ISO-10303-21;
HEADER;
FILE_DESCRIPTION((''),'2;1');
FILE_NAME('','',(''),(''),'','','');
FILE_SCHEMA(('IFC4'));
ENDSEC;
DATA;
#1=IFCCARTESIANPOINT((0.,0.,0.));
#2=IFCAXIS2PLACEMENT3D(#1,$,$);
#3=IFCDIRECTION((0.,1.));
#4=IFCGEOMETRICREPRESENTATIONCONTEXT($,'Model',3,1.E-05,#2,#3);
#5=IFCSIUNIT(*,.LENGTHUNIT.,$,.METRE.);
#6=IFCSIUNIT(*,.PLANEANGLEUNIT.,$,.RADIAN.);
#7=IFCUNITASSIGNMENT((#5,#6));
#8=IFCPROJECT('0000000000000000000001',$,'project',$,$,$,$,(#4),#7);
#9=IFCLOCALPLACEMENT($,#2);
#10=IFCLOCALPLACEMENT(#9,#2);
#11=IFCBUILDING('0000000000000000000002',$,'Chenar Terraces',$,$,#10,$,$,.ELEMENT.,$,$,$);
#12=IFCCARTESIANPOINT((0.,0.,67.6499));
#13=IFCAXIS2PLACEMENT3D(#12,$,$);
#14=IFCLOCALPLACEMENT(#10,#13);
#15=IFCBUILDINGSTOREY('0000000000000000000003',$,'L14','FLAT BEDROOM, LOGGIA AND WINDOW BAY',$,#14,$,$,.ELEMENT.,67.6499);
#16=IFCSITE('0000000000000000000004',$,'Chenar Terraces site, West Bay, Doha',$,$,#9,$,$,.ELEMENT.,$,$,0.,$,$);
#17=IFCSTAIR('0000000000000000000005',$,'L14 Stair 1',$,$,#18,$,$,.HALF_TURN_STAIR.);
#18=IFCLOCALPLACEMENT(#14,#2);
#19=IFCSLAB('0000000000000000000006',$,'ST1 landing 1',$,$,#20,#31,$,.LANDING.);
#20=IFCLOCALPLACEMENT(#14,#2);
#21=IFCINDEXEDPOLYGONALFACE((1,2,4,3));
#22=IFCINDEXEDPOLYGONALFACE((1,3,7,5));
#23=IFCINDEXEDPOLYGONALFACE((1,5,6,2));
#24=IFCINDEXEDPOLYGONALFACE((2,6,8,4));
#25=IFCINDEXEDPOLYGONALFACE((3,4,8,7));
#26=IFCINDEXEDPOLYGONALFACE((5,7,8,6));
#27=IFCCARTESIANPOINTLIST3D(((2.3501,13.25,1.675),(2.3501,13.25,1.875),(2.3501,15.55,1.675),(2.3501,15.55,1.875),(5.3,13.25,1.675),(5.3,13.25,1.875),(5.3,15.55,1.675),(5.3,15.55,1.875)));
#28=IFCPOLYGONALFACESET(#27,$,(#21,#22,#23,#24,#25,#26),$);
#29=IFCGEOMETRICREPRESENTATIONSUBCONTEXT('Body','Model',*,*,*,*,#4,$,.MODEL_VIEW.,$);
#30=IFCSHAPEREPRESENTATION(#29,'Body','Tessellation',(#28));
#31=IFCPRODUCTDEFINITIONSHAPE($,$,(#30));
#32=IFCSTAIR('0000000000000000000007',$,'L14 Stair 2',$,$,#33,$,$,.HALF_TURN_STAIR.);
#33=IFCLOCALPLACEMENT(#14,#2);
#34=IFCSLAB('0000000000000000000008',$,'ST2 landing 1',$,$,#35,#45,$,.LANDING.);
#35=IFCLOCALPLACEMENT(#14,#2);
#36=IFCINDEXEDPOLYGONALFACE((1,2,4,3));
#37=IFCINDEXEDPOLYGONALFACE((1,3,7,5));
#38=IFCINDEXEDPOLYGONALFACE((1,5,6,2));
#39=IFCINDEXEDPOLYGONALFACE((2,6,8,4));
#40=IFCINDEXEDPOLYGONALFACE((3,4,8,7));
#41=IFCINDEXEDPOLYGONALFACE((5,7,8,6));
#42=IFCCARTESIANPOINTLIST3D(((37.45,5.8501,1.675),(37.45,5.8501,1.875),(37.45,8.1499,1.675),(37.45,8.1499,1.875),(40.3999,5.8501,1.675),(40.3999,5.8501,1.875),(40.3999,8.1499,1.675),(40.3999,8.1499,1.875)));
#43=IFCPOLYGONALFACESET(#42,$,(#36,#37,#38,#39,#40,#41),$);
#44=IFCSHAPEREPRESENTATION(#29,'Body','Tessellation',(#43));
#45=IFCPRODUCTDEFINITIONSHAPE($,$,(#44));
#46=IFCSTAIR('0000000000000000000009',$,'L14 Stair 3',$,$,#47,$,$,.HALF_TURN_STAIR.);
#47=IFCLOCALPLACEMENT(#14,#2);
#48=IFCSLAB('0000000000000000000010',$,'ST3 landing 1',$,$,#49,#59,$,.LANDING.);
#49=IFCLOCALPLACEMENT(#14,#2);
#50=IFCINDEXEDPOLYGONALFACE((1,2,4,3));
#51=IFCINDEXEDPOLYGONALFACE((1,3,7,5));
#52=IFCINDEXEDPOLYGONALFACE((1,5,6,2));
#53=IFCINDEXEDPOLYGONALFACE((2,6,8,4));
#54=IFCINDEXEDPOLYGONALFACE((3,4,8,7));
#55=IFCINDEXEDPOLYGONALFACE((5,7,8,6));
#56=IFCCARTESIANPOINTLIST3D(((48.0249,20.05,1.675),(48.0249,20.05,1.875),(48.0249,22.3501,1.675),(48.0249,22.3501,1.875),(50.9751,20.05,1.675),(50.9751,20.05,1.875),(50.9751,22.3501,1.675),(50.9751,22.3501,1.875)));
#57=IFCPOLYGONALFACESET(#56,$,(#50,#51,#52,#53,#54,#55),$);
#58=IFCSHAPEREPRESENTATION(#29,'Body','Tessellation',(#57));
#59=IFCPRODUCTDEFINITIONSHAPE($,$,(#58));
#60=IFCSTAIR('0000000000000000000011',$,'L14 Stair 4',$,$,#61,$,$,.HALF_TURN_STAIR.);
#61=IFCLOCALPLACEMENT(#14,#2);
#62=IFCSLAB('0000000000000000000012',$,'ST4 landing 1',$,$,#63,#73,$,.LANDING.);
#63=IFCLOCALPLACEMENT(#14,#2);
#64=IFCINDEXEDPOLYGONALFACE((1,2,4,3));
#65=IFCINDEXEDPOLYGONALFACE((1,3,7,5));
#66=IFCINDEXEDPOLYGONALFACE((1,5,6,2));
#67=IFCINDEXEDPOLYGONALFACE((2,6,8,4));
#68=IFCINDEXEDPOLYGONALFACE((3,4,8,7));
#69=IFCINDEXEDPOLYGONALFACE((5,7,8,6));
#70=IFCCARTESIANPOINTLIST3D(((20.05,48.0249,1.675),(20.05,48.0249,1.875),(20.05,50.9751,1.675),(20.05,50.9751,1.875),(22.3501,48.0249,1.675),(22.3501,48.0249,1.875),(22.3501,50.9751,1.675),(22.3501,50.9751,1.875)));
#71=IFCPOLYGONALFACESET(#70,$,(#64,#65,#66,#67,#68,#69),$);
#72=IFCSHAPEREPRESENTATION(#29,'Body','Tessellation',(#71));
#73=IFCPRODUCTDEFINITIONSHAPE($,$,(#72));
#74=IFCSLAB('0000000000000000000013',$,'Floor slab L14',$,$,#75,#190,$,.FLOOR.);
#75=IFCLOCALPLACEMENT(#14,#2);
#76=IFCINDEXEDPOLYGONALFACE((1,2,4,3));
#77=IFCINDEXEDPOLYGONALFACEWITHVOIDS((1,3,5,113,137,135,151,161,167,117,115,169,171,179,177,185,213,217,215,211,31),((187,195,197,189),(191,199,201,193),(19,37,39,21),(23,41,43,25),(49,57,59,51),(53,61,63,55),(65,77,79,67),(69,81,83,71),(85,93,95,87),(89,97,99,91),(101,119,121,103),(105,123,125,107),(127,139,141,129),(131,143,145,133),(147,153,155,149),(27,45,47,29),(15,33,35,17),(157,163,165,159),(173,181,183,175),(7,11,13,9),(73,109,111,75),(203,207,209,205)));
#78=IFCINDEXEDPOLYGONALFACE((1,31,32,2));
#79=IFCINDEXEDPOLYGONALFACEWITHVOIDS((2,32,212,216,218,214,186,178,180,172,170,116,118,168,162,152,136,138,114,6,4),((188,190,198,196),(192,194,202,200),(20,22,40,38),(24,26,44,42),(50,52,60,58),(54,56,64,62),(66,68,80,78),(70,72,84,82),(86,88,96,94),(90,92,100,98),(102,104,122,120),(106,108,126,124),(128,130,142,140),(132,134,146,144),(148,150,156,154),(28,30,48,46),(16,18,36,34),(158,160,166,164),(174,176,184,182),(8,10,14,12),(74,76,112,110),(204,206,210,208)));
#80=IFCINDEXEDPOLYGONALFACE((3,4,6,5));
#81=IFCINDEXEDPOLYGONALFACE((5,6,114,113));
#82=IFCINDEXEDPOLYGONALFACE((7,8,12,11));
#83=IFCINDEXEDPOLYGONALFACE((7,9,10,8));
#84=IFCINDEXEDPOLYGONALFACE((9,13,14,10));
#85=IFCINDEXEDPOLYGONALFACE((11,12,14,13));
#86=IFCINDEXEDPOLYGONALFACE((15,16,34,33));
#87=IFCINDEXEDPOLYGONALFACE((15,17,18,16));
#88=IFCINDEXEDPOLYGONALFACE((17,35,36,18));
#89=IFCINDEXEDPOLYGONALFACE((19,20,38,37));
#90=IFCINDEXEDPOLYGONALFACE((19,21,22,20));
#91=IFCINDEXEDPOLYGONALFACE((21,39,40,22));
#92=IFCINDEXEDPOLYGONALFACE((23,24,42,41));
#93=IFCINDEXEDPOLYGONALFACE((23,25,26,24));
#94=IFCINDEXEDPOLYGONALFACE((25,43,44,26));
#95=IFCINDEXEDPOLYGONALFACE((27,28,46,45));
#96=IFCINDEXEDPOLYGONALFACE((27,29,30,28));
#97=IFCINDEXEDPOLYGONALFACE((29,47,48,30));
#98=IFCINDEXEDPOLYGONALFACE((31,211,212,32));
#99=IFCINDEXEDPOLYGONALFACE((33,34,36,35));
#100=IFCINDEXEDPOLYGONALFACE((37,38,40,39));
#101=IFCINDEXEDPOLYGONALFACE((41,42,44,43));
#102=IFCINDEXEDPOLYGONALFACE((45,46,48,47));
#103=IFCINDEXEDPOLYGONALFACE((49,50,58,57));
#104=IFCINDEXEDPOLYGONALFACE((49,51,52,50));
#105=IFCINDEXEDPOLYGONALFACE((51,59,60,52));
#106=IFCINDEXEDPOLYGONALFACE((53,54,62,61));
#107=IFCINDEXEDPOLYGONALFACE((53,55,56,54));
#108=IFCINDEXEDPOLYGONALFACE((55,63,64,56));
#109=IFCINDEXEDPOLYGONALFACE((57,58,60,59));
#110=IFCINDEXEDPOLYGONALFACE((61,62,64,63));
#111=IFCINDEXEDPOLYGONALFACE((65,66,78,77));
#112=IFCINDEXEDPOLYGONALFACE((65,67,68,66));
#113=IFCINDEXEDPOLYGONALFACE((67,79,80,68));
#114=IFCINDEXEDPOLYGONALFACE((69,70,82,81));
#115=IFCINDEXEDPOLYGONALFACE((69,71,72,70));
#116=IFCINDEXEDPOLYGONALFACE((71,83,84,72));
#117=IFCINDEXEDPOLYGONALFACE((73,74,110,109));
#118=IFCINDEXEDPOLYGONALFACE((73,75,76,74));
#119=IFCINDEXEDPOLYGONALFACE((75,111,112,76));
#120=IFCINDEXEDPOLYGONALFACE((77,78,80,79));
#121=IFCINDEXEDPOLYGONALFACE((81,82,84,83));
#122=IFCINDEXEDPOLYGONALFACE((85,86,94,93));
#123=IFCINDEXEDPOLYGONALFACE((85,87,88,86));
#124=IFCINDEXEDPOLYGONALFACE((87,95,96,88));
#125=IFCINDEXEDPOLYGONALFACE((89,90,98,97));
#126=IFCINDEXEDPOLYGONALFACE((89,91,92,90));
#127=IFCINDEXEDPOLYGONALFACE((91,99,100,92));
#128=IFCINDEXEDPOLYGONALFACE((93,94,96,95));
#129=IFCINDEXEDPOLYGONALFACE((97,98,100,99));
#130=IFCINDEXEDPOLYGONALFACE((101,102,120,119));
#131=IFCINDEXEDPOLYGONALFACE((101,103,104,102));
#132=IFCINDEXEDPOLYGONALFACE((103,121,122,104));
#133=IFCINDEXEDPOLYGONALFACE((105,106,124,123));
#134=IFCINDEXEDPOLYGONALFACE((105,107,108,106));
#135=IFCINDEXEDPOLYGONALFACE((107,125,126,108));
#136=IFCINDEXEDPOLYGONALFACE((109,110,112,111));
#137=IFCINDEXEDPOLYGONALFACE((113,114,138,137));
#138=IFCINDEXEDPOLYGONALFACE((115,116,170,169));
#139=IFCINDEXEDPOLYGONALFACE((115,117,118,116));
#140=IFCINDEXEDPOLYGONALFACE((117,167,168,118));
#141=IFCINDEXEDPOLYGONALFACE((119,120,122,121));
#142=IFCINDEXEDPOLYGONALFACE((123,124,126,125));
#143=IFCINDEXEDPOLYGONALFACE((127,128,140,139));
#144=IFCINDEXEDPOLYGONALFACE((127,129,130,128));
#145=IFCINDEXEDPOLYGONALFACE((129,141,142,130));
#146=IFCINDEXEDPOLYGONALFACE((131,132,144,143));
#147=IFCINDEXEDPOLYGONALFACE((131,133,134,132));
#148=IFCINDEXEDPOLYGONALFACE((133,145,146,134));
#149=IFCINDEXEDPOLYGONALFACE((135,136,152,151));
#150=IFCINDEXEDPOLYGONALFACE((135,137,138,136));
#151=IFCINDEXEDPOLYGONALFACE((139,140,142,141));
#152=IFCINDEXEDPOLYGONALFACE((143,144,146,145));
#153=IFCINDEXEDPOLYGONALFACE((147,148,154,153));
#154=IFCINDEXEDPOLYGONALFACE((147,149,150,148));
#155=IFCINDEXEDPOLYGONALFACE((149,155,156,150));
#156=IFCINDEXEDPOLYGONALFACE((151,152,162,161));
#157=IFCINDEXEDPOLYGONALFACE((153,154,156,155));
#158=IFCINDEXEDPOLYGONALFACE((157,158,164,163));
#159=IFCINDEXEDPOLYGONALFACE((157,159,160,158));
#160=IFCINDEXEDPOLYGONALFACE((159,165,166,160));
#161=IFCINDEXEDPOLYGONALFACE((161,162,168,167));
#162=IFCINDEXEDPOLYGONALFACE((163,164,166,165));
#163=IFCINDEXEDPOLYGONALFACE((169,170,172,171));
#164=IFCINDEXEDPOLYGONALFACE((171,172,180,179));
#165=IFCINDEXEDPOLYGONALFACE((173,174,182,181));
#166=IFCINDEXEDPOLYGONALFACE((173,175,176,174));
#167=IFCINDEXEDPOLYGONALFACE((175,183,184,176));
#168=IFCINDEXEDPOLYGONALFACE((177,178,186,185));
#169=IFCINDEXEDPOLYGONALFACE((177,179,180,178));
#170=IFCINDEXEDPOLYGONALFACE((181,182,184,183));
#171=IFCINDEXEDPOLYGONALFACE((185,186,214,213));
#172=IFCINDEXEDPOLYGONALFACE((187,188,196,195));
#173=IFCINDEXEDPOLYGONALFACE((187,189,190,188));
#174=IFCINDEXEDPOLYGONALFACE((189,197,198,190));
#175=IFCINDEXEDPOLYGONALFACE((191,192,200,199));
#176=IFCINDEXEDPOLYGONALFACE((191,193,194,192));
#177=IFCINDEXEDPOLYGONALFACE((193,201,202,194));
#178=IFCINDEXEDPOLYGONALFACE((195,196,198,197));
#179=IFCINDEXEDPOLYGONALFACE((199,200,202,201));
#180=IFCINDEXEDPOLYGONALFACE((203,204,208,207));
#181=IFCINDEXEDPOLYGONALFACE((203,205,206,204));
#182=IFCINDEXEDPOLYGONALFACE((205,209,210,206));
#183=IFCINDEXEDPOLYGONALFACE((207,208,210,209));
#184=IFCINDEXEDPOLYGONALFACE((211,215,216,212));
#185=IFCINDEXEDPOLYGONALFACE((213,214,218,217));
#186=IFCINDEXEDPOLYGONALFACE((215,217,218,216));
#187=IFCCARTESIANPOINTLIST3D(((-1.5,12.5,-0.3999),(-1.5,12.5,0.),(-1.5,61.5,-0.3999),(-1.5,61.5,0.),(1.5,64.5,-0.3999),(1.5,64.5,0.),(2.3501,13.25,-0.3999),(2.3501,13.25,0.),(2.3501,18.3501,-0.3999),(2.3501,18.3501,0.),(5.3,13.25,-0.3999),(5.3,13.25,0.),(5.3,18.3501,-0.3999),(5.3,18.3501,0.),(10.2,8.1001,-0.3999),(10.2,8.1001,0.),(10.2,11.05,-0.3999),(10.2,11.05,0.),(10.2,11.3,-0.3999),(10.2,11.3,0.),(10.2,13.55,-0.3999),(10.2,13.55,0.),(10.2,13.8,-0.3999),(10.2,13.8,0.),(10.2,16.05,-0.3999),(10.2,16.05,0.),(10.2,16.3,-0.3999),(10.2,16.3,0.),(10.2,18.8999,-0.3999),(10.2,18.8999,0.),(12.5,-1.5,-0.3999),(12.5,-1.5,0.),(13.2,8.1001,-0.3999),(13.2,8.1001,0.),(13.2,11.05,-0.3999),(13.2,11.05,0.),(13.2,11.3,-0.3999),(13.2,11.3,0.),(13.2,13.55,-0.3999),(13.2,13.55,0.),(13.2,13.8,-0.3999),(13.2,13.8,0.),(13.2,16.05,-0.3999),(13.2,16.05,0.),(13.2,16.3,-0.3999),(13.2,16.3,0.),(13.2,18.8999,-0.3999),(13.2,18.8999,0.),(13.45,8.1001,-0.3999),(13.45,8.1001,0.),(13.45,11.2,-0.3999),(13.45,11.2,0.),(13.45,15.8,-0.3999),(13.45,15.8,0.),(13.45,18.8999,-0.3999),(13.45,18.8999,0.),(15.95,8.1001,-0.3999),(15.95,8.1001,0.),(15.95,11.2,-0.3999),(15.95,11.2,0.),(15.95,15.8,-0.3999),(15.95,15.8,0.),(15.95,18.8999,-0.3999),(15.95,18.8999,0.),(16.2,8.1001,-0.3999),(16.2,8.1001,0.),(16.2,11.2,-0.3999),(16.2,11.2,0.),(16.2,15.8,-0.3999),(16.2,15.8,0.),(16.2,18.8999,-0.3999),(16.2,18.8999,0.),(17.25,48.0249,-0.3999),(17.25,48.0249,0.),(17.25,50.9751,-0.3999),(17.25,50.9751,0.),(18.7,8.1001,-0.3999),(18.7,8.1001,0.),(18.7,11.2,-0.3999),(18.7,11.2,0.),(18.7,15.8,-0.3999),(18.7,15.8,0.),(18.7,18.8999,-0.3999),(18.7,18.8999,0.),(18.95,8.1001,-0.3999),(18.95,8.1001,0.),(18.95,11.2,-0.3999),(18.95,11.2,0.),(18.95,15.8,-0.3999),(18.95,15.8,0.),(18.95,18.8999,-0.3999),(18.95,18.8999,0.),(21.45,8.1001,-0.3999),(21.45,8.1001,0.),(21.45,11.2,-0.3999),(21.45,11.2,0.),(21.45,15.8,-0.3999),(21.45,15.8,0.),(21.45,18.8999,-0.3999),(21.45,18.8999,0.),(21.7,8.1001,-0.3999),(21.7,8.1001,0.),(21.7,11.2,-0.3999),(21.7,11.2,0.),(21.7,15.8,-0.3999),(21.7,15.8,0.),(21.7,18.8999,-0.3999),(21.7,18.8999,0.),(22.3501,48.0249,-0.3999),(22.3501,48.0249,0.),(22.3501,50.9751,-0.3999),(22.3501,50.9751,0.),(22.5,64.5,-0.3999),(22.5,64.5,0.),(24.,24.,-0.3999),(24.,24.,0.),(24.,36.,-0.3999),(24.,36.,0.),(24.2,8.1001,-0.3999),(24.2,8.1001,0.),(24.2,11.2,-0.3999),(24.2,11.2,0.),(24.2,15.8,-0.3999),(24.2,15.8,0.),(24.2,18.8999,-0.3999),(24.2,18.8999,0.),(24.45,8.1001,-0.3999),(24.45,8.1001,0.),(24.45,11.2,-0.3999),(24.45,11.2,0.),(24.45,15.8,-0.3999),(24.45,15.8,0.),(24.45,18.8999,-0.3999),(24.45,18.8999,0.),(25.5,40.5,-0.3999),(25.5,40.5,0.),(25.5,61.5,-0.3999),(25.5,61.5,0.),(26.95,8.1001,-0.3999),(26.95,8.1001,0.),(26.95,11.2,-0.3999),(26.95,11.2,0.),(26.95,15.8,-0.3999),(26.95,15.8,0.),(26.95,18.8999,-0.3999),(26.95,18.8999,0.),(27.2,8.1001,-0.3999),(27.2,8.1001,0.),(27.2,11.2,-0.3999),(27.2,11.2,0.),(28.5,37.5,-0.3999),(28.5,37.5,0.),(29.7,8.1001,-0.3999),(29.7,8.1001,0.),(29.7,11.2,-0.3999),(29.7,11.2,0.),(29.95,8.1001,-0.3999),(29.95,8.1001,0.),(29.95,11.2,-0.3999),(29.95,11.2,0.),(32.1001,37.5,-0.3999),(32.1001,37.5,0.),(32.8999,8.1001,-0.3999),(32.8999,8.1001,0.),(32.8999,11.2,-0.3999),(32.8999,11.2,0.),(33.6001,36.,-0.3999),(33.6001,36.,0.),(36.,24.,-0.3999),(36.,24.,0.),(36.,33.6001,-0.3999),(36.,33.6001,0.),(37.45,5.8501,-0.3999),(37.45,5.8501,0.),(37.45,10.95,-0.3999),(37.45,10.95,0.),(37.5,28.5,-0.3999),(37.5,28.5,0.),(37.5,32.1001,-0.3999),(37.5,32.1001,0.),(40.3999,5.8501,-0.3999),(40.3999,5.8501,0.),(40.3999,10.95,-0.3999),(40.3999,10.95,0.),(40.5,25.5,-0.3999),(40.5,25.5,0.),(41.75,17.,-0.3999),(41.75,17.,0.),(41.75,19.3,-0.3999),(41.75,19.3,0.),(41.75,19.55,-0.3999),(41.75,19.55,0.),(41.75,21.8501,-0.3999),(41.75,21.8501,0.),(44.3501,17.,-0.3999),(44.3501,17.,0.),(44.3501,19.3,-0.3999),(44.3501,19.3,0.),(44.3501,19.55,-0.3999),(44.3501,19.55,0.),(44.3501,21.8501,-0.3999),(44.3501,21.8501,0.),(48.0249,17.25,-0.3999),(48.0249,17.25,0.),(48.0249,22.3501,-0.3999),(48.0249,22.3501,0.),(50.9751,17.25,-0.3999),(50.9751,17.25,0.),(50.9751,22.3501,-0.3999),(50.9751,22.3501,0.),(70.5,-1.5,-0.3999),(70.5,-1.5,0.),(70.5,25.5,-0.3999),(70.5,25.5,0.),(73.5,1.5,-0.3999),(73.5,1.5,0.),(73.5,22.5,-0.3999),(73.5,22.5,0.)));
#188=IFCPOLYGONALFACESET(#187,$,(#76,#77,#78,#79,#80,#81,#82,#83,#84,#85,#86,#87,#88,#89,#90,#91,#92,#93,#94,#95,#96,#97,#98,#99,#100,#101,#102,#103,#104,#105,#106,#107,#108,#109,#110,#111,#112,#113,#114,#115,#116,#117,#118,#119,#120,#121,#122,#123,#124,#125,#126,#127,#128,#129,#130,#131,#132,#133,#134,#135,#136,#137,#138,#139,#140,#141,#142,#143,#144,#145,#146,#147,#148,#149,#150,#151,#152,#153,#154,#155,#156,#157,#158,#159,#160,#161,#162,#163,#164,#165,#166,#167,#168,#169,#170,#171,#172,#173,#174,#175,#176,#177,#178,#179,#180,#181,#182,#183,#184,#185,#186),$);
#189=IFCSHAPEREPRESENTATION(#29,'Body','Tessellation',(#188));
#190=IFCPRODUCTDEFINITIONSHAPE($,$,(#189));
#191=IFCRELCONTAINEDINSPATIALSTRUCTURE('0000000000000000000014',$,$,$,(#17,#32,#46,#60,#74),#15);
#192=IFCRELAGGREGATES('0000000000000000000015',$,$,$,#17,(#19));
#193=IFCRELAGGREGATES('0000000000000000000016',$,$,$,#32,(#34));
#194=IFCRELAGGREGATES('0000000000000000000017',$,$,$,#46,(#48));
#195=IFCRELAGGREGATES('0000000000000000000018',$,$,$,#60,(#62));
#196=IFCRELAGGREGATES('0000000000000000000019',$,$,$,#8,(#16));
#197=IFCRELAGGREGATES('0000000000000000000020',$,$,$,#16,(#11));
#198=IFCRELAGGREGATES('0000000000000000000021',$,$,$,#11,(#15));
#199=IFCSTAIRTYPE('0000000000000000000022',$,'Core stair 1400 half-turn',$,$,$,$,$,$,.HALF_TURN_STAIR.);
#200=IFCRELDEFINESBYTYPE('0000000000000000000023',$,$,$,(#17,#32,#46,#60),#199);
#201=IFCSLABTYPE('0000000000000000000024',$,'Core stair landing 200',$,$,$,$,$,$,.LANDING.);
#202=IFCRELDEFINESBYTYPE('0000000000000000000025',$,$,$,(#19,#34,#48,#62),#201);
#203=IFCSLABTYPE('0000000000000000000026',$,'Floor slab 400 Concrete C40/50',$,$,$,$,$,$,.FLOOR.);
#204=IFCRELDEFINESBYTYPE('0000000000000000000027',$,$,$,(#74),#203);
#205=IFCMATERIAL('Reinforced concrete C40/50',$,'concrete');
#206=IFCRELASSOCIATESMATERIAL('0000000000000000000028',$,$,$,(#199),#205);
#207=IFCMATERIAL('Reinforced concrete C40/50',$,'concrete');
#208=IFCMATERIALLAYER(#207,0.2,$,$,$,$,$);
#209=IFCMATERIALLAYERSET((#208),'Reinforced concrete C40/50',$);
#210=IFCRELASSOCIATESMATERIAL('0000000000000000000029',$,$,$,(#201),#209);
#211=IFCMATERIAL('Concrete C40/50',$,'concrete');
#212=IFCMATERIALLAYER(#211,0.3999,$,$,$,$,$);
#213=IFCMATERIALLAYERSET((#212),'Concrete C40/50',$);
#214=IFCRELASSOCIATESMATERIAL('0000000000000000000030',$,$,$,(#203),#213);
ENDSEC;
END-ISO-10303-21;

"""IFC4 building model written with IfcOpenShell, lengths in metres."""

from ifc_helpers import new_model, si_unit, direction, frame, origin, place, context, subcontext, project, spatial, polyline, outline, extrude, material, layer, layer_set, type_object, element, aggregate, save


model = new_model("IFC4")

# Units and contexts
model_context = context("Model", 3, precision=1e-05, world=origin(), true_north=direction((0.0, 1.0)))
body_context = subcontext(model_context, "Body", "Model", "MODEL_VIEW")
ifc_project = project(units=[si_unit("LENGTHUNIT", "METRE"), si_unit("PLANEANGLEUNIT", "RADIAN")], contexts=[model_context])

# Site, building, storey
site_placement = place(None, origin())
site = spatial("IfcSite", under=ifc_project, at=site_placement, Name="Chenar Terraces site, West Bay, Doha", CompositionType="ELEMENT", RefElevation=0.0)
building_placement = place(site_placement, origin())
building = spatial("IfcBuilding", under=site, at=building_placement, Name="Chenar Terraces", CompositionType="ELEMENT")
storey_placement = place(building_placement, frame((0.0, 0.0, 67.6499)))
storey = spatial("IfcBuildingStorey", under=building, at=storey_placement, Name="L14", Description="FLAT BEDROOM, LOGGIA AND WINDOW BAY", CompositionType="ELEMENT", Elevation=67.6499)

# Stairs, slabs
ifc_material_1 = material(Name="Reinforced concrete C40/50", Category="concrete")
stair_type = type_object("IfcStairType", Name="Core stair 1400 half-turn", PredefinedType="HALF_TURN_STAIR", material=ifc_material_1)
placement_1 = place(storey_placement, origin())
stair_1 = element("IfcStair", 1, at=placement_1, inside=storey, type_object=stair_type, Name="L14 Stair 1", PredefinedType="HALF_TURN_STAIR")
ifc_material_2 = material(Name="Reinforced concrete C40/50", Category="concrete")
ifc_layer_1 = layer(ifc_material_2, 0.2)
ifc_layer_set_1 = layer_set([ifc_layer_1], Name="Reinforced concrete C40/50")
slab_type_1 = type_object("IfcSlabType", Name="Core stair landing 200", PredefinedType="LANDING", material=ifc_layer_set_1)
placement_2 = place(storey_placement, frame((0.0, 0.0, 1.675)))
slab_1 = element("IfcSlab", 2, at=placement_2, type_object=slab_type_1, Name="ST1 landing 1", PredefinedType="LANDING", context=body_context, shape_type="SweptSolid", body=[
    extrude(outline(polyline([(2.3501, 15.55), (2.3501, 13.25), (5.3, 13.25), (5.3, 15.55), (2.3501, 15.55)])), origin(), (0.0, 0.0, 1.0), 0.2),
])
aggregate(stair_1, [slab_1])
stair_2 = element("IfcStair", 3, at=placement_1, inside=storey, type_object=stair_type, Name="L14 Stair 2", PredefinedType="HALF_TURN_STAIR")
slab_2 = element("IfcSlab", 4, at=placement_2, type_object=slab_type_1, Name="ST2 landing 1", PredefinedType="LANDING", context=body_context, shape_type="SweptSolid", body=[
    extrude(outline(polyline([(37.45, 8.1499), (37.45, 5.8501), (40.3999, 5.8501), (40.3999, 8.1499), (37.45, 8.1499)])), origin(), (0.0, 0.0, 1.0), 0.2),
])
aggregate(stair_2, [slab_2])
stair_3 = element("IfcStair", 5, at=placement_1, inside=storey, type_object=stair_type, Name="L14 Stair 3", PredefinedType="HALF_TURN_STAIR")
slab_3 = element("IfcSlab", 6, at=placement_2, type_object=slab_type_1, Name="ST3 landing 1", PredefinedType="LANDING", context=body_context, shape_type="SweptSolid", body=[
    extrude(outline(polyline([(50.9751, 20.05), (50.9751, 22.3501), (48.0249, 22.3501), (48.0249, 20.05), (50.9751, 20.05)])), origin(), (0.0, 0.0, 1.0), 0.2),
])
aggregate(stair_3, [slab_3])
stair_4 = element("IfcStair", 7, at=placement_1, inside=storey, type_object=stair_type, Name="L14 Stair 4", PredefinedType="HALF_TURN_STAIR")
slab_4 = element("IfcSlab", 8, at=placement_2, type_object=slab_type_1, Name="ST4 landing 1", PredefinedType="LANDING", context=body_context, shape_type="SweptSolid", body=[
    extrude(outline(polyline([(20.05, 48.0249), (22.3501, 48.0249), (22.3501, 50.9751), (20.05, 50.9751), (20.05, 48.0249)])), origin(), (0.0, 0.0, 1.0), 0.2),
])
aggregate(stair_4, [slab_4])

# Slab
ifc_material_3 = material(Name="Concrete C40/50", Category="concrete")
ifc_layer_2 = layer(ifc_material_3, 0.3999)
ifc_layer_set_2 = layer_set([ifc_layer_2], Name="Concrete C40/50")
slab_type_2 = type_object("IfcSlabType", Name="Floor slab 400 Concrete C40/50", PredefinedType="FLOOR", material=ifc_layer_set_2)
slab_5_placement = place(storey_placement, frame((0.0, 0.0, -0.3999)))
element("IfcSlab", 9, at=slab_5_placement, inside=storey, type_object=slab_type_2, Name="Floor slab L14", PredefinedType="FLOOR", context=body_context, shape_type="SweptSolid", body=[
    extrude(outline(polyline([(73.5, 22.5), (73.5, 1.5), (70.5, -1.5), (12.5, -1.5), (-1.5, 12.5), (-1.5, 61.5), (1.5, 64.5), (22.5, 64.5), (25.5, 61.5), (25.5, 40.5), (28.5, 37.5), (32.1001, 37.5), (33.6001, 36.0), (24.0, 36.0), (24.0, 24.0), (36.0, 24.0), (36.0, 33.6001), (37.5, 32.1001), (37.5, 28.5), (40.5, 25.5), (70.5, 25.5), (73.5, 22.5)]), holes=[polyline([(13.2, 11.05), (10.2, 11.05), (10.2, 8.1001), (13.2, 8.1001), (13.2, 11.05)]), polyline([(15.95, 11.2), (13.45, 11.2), (13.45, 8.1001), (15.95, 8.1001), (15.95, 11.2)]), polyline([(18.7, 11.2), (16.2, 11.2), (16.2, 8.1001), (18.7, 8.1001), (18.7, 11.2)]), polyline([(21.45, 8.1001), (21.45, 11.2), (18.95, 11.2), (18.95, 8.1001), (21.45, 8.1001)]), polyline([(13.2, 11.3), (13.2, 13.55), (10.2, 13.55), (10.2, 11.3), (13.2, 11.3)]), polyline([(13.2, 16.05), (10.2, 16.05), (10.2, 13.8), (13.2, 13.8), (13.2, 16.05)]), polyline([(2.3501, 18.3501), (2.3501, 13.25), (5.3, 13.25), (5.3, 18.3501), (2.3501, 18.3501)]), polyline([(15.95, 15.8), (15.95, 18.8999), (13.45, 18.8999), (13.45, 15.8), (15.95, 15.8)]), polyline([(18.7, 18.8999), (16.2, 18.8999), (16.2, 15.8), (18.7, 15.8), (18.7, 18.8999)]), polyline([(21.45, 15.8), (21.45, 18.8999), (18.95, 18.8999), (18.95, 15.8), (21.45, 15.8)]), polyline([(13.2, 16.3), (13.2, 18.8999), (10.2, 18.8999), (10.2, 16.3), (13.2, 16.3)]), polyline([(22.3501, 48.0249), (22.3501, 50.9751), (17.25, 50.9751), (17.25, 48.0249), (22.3501, 48.0249)]), polyline([(37.45, 10.95), (37.45, 5.8501), (40.3999, 5.8501), (40.3999, 10.95), (37.45, 10.95)]), polyline([(24.2, 8.1001), (24.2, 11.2), (21.7, 11.2), (21.7, 8.1001), (24.2, 8.1001)]), polyline([(26.95, 11.2), (24.45, 11.2), (24.45, 8.1001), (26.95, 8.1001), (26.95, 11.2)]), polyline([(29.7, 8.1001), (29.7, 11.2), (27.2, 11.2), (27.2, 8.1001), (29.7, 8.1001)]), polyline([(32.8999, 8.1001), (32.8999, 11.2), (29.95, 11.2), (29.95, 8.1001), (32.8999, 8.1001)]), polyline([(24.2, 18.8999), (21.7, 18.8999), (21.7, 15.8), (24.2, 15.8), (24.2, 18.8999)]), polyline([(26.95, 15.8), (26.95, 18.8999), (24.45, 18.8999), (24.45, 15.8), (26.95, 15.8)]), polyline([(44.3501, 17.0), (44.3501, 19.3), (41.75, 19.3), (41.75, 17.0), (44.3501, 17.0)]), polyline([(50.9751, 22.3501), (48.0249, 22.3501), (48.0249, 17.25), (50.9751, 17.25), (50.9751, 22.3501)]), polyline([(44.3501, 19.55), (44.3501, 21.8501), (41.75, 21.8501), (41.75, 19.55), (44.3501, 19.55)])]), origin(), (0.0, 0.0, 1.0), 0.3999),
])

save(model, "model.ifc")
